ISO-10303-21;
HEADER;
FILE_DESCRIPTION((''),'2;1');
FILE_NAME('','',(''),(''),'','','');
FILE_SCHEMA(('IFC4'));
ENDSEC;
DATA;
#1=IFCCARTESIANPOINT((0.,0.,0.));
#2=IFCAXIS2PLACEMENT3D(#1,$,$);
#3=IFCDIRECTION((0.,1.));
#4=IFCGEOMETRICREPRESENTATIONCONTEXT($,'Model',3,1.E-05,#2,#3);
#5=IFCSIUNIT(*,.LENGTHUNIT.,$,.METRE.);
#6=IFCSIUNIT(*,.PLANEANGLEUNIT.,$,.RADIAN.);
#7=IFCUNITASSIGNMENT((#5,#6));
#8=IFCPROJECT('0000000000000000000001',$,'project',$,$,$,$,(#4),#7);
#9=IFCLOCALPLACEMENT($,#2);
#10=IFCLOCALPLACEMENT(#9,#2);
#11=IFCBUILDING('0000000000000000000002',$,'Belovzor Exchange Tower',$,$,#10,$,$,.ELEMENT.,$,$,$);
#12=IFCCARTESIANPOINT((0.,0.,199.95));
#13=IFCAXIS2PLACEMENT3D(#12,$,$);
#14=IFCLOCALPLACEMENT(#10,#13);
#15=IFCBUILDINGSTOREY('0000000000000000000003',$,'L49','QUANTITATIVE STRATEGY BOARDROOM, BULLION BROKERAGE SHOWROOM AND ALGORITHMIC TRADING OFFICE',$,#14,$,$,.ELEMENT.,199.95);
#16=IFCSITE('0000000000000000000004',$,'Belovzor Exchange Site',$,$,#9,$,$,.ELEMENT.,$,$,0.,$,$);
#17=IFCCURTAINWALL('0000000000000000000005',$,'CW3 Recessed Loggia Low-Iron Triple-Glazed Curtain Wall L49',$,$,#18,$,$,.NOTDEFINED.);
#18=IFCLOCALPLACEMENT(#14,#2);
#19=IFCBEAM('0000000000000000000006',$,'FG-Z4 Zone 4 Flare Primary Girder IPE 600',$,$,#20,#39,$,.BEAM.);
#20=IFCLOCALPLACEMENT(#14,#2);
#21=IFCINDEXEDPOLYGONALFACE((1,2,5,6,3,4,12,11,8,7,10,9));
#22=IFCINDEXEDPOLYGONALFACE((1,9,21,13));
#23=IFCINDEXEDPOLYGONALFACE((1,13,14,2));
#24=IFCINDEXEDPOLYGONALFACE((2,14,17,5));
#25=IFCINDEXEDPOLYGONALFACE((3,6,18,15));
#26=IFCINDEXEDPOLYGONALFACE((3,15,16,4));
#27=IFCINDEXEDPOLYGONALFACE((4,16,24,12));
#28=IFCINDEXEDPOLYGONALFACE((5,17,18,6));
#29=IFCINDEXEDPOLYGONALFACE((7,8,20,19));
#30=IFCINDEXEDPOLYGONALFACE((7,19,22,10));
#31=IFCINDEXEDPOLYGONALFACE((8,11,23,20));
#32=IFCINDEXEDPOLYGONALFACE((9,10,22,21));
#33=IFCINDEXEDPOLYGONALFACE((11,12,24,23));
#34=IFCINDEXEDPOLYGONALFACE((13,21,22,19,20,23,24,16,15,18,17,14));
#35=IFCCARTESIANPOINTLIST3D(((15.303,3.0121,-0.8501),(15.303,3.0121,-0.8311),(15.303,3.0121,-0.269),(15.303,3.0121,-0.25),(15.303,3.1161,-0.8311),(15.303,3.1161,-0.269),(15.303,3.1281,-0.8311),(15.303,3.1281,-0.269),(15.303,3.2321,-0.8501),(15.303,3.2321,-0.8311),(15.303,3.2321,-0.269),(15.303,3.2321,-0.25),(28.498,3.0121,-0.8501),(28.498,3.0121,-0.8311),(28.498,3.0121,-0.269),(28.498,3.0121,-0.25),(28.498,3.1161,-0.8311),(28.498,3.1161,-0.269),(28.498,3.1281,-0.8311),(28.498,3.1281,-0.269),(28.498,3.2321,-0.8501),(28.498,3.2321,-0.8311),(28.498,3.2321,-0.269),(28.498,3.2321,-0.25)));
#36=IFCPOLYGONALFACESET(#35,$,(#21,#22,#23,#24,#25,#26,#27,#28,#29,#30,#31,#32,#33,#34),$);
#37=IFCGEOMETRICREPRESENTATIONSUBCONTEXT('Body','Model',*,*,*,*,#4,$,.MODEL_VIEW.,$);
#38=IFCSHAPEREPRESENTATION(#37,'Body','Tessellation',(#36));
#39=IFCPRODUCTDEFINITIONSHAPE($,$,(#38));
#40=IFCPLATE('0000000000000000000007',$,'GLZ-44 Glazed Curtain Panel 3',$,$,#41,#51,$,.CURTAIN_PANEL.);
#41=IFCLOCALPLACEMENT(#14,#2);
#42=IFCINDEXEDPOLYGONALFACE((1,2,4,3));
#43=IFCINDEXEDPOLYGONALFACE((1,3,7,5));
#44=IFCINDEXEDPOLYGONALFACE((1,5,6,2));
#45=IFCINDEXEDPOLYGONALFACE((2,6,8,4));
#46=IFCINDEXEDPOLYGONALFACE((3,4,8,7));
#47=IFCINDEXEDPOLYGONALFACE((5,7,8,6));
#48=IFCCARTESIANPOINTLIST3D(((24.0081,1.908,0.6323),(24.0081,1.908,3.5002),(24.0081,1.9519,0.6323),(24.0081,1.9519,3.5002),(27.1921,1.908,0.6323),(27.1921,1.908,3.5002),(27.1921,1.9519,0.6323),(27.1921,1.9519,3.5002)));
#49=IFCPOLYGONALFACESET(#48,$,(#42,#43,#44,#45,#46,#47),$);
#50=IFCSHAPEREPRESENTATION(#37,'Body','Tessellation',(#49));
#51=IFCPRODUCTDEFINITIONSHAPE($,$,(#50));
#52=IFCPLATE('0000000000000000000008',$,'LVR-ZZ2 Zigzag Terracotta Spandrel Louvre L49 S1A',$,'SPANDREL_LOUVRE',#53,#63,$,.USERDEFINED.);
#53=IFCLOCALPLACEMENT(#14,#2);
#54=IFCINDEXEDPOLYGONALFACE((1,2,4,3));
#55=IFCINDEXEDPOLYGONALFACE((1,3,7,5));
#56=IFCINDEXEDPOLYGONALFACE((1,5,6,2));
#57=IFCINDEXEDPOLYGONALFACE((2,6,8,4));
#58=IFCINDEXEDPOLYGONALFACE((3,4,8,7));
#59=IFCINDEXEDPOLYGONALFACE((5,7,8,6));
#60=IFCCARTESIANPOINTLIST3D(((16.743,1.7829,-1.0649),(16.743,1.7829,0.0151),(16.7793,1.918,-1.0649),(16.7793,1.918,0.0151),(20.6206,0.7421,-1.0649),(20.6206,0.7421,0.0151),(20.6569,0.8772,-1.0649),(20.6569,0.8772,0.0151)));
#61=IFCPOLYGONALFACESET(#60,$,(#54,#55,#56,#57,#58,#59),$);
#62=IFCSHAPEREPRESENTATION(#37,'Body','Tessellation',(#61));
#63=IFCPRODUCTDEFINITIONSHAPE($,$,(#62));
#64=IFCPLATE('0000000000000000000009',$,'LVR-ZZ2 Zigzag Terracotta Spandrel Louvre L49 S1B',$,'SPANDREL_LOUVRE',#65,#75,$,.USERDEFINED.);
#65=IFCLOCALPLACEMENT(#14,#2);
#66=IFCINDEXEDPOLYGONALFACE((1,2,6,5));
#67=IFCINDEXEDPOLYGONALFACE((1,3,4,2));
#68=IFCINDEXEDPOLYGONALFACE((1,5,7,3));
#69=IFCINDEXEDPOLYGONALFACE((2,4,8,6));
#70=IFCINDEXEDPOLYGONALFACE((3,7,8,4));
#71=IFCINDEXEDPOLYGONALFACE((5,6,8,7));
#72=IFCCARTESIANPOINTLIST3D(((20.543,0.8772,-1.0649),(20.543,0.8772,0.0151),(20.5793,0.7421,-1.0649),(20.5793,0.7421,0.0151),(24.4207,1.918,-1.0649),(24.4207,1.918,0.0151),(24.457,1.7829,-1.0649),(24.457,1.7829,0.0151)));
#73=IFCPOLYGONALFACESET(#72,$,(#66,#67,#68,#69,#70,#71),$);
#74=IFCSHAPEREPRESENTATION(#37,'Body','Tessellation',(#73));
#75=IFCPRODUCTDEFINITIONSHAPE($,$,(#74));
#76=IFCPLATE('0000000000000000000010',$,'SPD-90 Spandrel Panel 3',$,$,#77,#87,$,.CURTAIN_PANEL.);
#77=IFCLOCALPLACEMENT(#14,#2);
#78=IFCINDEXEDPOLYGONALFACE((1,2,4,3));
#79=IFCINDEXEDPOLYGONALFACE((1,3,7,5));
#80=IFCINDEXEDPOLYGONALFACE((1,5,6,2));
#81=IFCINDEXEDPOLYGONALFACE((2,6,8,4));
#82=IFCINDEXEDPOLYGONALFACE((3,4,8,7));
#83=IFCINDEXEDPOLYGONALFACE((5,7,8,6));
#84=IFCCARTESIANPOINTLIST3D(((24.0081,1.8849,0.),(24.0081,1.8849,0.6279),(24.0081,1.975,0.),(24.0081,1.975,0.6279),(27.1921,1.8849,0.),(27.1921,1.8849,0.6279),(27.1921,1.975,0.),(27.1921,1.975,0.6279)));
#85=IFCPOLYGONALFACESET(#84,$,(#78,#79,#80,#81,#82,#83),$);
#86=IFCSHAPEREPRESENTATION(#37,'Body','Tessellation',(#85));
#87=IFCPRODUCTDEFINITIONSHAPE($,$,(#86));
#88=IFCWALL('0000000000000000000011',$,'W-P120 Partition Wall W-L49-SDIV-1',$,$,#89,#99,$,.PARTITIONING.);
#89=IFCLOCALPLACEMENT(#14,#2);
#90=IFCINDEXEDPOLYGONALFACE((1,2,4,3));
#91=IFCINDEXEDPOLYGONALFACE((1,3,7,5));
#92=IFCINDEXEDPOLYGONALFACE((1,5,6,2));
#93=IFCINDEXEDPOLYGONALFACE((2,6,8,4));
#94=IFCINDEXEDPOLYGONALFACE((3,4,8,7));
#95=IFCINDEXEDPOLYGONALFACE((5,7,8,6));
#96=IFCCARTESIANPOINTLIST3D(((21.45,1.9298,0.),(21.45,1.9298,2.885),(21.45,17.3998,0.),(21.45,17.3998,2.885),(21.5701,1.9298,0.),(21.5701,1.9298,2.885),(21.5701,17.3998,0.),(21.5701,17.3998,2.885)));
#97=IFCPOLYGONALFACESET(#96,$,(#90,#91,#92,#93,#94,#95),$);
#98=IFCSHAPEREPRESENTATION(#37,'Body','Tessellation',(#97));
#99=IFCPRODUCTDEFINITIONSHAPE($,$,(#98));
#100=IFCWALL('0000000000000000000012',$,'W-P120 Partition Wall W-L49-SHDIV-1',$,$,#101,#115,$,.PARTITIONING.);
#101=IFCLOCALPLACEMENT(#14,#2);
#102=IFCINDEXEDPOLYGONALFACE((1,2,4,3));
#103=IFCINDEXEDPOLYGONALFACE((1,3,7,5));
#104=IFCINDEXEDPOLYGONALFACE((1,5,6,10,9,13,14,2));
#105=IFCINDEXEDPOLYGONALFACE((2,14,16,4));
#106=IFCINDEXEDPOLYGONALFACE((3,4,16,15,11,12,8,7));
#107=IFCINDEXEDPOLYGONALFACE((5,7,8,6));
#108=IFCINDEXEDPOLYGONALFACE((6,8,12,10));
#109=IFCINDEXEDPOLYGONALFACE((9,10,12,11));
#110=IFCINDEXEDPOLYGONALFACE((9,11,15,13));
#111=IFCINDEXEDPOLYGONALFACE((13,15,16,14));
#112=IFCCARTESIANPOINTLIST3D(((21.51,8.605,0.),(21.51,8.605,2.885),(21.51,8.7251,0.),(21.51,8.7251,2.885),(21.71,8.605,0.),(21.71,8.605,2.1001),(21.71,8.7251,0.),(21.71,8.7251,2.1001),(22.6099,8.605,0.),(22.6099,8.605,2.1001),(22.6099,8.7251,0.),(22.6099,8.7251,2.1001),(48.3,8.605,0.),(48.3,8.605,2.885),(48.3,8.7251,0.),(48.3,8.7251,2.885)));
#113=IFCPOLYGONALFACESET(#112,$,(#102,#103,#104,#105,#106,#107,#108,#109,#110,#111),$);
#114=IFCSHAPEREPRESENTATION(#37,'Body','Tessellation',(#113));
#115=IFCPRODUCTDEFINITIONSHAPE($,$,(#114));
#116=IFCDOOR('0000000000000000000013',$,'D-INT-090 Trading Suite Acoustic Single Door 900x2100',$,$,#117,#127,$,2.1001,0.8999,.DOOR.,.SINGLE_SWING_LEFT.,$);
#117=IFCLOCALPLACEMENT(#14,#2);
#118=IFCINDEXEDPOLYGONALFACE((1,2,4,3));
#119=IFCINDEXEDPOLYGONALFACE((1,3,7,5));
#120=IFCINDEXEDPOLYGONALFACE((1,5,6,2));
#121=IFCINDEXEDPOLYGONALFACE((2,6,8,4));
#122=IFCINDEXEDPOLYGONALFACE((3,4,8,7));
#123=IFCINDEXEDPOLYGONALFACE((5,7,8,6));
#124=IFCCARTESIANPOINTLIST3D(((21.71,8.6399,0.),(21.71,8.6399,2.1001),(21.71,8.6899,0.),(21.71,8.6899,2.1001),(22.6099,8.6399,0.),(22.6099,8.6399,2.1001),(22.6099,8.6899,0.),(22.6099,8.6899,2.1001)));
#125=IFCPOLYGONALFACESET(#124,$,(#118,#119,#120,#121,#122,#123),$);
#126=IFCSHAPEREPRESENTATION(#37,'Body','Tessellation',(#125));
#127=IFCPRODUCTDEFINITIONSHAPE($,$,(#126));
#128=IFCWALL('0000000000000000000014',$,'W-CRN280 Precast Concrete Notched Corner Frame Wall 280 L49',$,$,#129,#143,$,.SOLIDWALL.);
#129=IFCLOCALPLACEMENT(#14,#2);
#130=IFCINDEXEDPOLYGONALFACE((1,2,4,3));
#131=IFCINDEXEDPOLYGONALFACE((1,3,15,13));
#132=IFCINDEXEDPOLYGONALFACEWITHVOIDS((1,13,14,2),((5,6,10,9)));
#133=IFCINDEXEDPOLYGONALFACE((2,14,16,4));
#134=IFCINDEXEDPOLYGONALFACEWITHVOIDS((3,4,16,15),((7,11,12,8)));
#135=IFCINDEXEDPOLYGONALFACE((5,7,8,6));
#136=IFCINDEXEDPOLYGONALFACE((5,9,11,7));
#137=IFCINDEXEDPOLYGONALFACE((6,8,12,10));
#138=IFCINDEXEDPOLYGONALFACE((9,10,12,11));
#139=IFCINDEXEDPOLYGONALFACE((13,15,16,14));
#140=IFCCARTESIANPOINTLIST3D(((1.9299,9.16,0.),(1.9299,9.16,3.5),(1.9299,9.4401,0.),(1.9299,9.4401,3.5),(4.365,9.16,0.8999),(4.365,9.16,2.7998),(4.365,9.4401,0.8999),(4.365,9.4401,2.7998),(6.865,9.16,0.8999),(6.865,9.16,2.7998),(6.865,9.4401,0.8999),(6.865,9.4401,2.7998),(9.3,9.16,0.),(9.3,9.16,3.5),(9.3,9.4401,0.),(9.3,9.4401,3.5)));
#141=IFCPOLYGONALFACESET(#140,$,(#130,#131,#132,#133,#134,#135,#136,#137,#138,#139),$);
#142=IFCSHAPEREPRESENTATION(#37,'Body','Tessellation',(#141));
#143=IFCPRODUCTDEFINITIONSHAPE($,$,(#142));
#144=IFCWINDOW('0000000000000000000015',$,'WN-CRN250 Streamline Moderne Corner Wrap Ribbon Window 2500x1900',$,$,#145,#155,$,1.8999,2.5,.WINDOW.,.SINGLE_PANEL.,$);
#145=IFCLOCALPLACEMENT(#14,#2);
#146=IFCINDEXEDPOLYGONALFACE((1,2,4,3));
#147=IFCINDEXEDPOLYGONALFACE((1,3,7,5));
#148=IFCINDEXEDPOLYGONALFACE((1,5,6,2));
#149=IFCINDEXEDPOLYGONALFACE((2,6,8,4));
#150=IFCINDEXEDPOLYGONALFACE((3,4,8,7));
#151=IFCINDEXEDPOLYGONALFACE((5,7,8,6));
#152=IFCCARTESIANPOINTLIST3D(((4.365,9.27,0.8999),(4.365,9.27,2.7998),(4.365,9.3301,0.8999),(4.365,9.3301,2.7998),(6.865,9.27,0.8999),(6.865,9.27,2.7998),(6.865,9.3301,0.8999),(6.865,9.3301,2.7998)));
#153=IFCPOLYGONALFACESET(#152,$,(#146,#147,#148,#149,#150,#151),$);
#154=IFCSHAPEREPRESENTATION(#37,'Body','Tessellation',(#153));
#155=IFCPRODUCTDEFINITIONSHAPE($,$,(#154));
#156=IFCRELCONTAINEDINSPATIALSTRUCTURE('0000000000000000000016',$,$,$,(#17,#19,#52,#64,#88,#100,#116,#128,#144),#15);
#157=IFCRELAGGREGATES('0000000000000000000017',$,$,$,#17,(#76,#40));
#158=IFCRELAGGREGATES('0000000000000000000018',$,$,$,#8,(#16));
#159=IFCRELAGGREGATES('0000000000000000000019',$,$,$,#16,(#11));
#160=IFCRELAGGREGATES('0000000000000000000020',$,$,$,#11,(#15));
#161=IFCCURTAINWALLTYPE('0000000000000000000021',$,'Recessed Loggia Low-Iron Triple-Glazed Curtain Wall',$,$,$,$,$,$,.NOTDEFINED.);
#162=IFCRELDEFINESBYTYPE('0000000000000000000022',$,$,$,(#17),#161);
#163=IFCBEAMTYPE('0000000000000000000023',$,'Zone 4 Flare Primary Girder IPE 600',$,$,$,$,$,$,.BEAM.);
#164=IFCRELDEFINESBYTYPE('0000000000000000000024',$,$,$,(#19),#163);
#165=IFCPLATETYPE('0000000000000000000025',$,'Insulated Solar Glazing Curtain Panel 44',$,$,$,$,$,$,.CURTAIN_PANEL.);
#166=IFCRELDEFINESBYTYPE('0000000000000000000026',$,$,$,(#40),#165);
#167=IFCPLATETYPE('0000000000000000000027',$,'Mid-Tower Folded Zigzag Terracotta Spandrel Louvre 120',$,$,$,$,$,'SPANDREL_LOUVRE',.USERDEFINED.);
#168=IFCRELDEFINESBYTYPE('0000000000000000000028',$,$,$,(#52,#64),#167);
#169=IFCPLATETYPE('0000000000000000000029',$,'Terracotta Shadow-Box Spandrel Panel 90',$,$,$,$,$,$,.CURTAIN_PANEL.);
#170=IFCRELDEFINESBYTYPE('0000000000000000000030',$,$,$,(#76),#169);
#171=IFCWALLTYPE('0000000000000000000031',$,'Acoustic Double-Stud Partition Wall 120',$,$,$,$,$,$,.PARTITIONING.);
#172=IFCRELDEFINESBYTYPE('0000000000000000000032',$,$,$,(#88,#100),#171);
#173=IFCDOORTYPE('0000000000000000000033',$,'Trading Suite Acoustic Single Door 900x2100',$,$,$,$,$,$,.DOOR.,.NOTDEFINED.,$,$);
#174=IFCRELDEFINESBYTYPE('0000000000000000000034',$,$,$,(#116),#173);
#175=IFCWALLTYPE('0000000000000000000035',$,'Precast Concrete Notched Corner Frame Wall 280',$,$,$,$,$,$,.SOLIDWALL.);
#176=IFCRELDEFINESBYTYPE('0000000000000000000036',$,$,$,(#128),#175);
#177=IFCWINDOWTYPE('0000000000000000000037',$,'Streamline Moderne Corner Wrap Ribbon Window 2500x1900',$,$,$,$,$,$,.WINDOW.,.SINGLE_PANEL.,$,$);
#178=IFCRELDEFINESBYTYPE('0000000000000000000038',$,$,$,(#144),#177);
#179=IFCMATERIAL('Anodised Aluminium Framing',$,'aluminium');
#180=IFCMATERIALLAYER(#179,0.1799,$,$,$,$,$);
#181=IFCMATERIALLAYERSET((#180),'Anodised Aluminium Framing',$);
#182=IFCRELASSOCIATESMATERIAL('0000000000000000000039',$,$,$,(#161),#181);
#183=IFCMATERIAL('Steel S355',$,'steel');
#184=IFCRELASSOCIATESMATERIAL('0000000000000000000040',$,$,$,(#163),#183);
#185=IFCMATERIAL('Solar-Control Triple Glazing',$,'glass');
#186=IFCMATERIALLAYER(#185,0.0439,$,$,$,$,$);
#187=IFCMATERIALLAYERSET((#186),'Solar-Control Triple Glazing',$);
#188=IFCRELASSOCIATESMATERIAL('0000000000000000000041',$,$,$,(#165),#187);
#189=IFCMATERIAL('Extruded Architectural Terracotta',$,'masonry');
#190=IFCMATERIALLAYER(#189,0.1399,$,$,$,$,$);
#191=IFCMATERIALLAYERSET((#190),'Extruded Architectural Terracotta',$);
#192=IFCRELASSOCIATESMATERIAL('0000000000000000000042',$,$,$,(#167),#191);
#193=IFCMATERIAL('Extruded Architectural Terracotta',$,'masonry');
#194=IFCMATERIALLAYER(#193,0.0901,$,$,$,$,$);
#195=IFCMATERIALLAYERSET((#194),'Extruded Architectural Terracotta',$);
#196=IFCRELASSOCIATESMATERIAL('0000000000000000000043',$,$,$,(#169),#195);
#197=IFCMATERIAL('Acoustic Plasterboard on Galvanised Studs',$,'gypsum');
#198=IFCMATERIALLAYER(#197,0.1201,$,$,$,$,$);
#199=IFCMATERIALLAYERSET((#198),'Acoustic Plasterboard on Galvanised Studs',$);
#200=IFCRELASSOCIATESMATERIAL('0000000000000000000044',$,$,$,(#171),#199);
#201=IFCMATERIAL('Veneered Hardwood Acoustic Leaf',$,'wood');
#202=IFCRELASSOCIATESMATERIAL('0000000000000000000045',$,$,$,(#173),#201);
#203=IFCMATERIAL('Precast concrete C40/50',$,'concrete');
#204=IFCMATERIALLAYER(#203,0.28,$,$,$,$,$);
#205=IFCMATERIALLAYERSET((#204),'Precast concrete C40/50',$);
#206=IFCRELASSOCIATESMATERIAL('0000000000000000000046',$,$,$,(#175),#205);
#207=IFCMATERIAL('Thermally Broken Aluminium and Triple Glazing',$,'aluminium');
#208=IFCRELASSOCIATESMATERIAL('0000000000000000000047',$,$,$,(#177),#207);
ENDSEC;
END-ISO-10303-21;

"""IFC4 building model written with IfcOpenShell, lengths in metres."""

from ifc_helpers import new_model, si_unit, direction, frame, frame_2d, origin, origin_2d, place, context, subcontext, project, spatial, rectangle, i_section, extrude, material, layer, layer_set, material_profile, profile_set, type_object, element, fill, aggregate, save


model = new_model("IFC4")

# Units and contexts
model_context = context("Model", 3, precision=1e-05, world=origin(), true_north=direction((0.0, 1.0)))
body_context = subcontext(model_context, "Body", "Model", "MODEL_VIEW")
ifc_project = project(units=[si_unit("LENGTHUNIT", "METRE"), si_unit("PLANEANGLEUNIT", "RADIAN")], contexts=[model_context])

# Site, building, storey
site_placement = place(None, origin())
site = spatial("IfcSite", under=ifc_project, at=site_placement, Name="Belovzor Exchange Site", CompositionType="ELEMENT", RefElevation=0.0)
building_placement = place(site_placement, origin())
building = spatial("IfcBuilding", under=site, at=building_placement, Name="Belovzor Exchange Tower", CompositionType="ELEMENT")
storey_placement = place(building_placement, frame((0.0, 0.0, 199.95)))
storey = spatial("IfcBuildingStorey", under=building, at=storey_placement, Name="L49", Description="QUANTITATIVE STRATEGY BOARDROOM, BULLION BROKERAGE SHOWROOM AND ALGORITHMIC TRADING OFFICE", CompositionType="ELEMENT", Elevation=199.95)

# Curtain wall
ifc_material_1 = material(Name="Anodised Aluminium Framing", Category="aluminium")
ifc_layer_1 = layer(ifc_material_1, 0.1799)
ifc_layer_set_1 = layer_set([ifc_layer_1], Name="Anodised Aluminium Framing")
curtain_wall_type = type_object("IfcCurtainWallType", Name="Recessed Loggia Low-Iron Triple-Glazed Curtain Wall", PredefinedType="NOTDEFINED", material=ifc_layer_set_1)
curtain_wall_placement = place(storey_placement, origin())
curtain_wall = element("IfcCurtainWall", 1, at=curtain_wall_placement, inside=storey, type_object=curtain_wall_type, Name="CW3 Recessed Loggia Low-Iron Triple-Glazed Curtain Wall L49", PredefinedType="NOTDEFINED")

# Beam
ifc_material_2 = material(Name="Steel S355", Category="steel")
ifc_material_profile_1 = material_profile(ifc_material_2, i_section(OverallWidth=0.22, OverallDepth=0.6001, WebThickness=0.012, FlangeThickness=0.019, at=origin_2d()))
ifc_profile_set_1 = profile_set([ifc_material_profile_1], Name="Steel S355")
beam_type_1 = type_object("IfcBeamType", Name="Zone 4 Flare Primary Girder IPE 600", PredefinedType="BEAM", material=ifc_profile_set_1)
beam_1_placement = place(storey_placement, frame((15.303, 3.1221, -0.55), z_axis=(1.0, 0.0, 0.0), x_axis=(0.0, 1.0, 0.0)))
element("IfcBeam", 2, at=beam_1_placement, inside=storey, type_object=beam_type_1, Name="FG-Z4 Zone 4 Flare Primary Girder IPE 600", PredefinedType="BEAM", context=body_context, shape_type="SweptSolid", body=[
    extrude(i_section(OverallWidth=0.22, OverallDepth=0.6001, WebThickness=0.012, FlangeThickness=0.019, at=origin_2d()), origin(), (0.0, 0.0, 1.0), 13.1951),
])

# Plate
ifc_material_3 = material(Name="Solar-Control Triple Glazing", Category="glass")
ifc_layer_2 = layer(ifc_material_3, 0.0439)
ifc_layer_set_2 = layer_set([ifc_layer_2], Name="Solar-Control Triple Glazing")
plate_type_1 = type_object("IfcPlateType", Name="Insulated Solar Glazing Curtain Panel 44", PredefinedType="CURTAIN_PANEL", material=ifc_layer_set_2)
plate_1_placement = place(storey_placement, frame((25.6001, 1.9299, 0.6323), z_axis=(0.0, 0.0, 1.0), x_axis=(-1.0, 0.0, 0.0)))
plate_1 = element("IfcPlate", 3, at=plate_1_placement, type_object=plate_type_1, Name="GLZ-44 Glazed Curtain Panel 3", PredefinedType="CURTAIN_PANEL", context=body_context, shape_type="SweptSolid", body=[
    extrude(rectangle(XDim=3.1841, YDim=0.0439, at=origin_2d()), origin(), (0.0, 0.0, 1.0), 2.8679),
])

# Plates
ifc_material_4 = material(Name="Extruded Architectural Terracotta", Category="masonry")
ifc_layer_3 = layer(ifc_material_4, 0.1399)
ifc_layer_set_3 = layer_set([ifc_layer_3], Name="Extruded Architectural Terracotta")
plate_type_2 = type_object("IfcPlateType", Name="Mid-Tower Folded Zigzag Terracotta Spandrel Louvre 120", ElementType="SPANDREL_LOUVRE", PredefinedType="USERDEFINED", material=ifc_layer_set_3)
for number, where, z_axis, x_axis, name in (
    (4, (18.7, 1.3301, -1.0649), (0.0, 0.0, 1.0), (0.965813, -0.25924, 0.0), "LVR-ZZ2 Zigzag Terracotta Spandrel Louvre L49 S1A"),
    (5, (22.5, 1.3301, -1.0649), (0.0, 0.0, 1.0), (0.965813, 0.25924, 0.0), "LVR-ZZ2 Zigzag Terracotta Spandrel Louvre L49 S1B"),
):
    element("IfcPlate", number, at=place(storey_placement, frame(where, z_axis=z_axis, x_axis=x_axis)), inside=storey, type_object=plate_type_2, Name=name, ObjectType="SPANDREL_LOUVRE", PredefinedType="USERDEFINED", context=body_context, shape_type="SweptSolid", body=[
        extrude(rectangle(XDim=4.0149, YDim=0.1399, at=origin_2d()), origin(), (0.0, 0.0, 1.0), 1.0801),
    ])

# Plate
ifc_material_5 = material(Name="Extruded Architectural Terracotta", Category="masonry")
ifc_layer_4 = layer(ifc_material_5, 0.0901)
ifc_layer_set_4 = layer_set([ifc_layer_4], Name="Extruded Architectural Terracotta")
plate_type_3 = type_object("IfcPlateType", Name="Terracotta Shadow-Box Spandrel Panel 90", PredefinedType="CURTAIN_PANEL", material=ifc_layer_set_4)
plate_2_placement = place(storey_placement, frame((25.6001, 1.9299, 0.0), z_axis=(0.0, 0.0, 1.0), x_axis=(-1.0, 0.0, 0.0)))
plate_2 = element("IfcPlate", 6, at=plate_2_placement, type_object=plate_type_3, Name="SPD-90 Spandrel Panel 3", PredefinedType="CURTAIN_PANEL", context=body_context, shape_type="SweptSolid", body=[
    extrude(rectangle(XDim=3.1841, YDim=0.0901, at=origin_2d()), origin(), (0.0, 0.0, 1.0), 0.6279),
])
aggregate(curtain_wall, [plate_2, plate_1])

# Wall
ifc_material_6 = material(Name="Acoustic Plasterboard on Galvanised Studs", Category="gypsum")
ifc_layer_5 = layer(ifc_material_6, 0.1201)
ifc_layer_set_5 = layer_set([ifc_layer_5], Name="Acoustic Plasterboard on Galvanised Studs")
wall_type_1 = type_object("IfcWallType", Name="Acoustic Double-Stud Partition Wall 120", PredefinedType="PARTITIONING", material=ifc_layer_set_5)
wall_1_placement = place(storey_placement, frame((21.51, 1.9299, 0.0), z_axis=(0.0, 0.0, 1.0), x_axis=(0.0, 1.0, 0.0)))
element("IfcWall", 7, at=wall_1_placement, inside=storey, type_object=wall_type_1, Name="W-P120 Partition Wall W-L49-SDIV-1", PredefinedType="PARTITIONING", context=body_context, shape_type="SweptSolid", body=[
    extrude(rectangle(XDim=15.47, YDim=0.1201, at=frame_2d((7.7349, 0.0))), origin(), (0.0, 0.0, 1.0), 2.885),
])

# Wall, opening, door
wall_2_placement = place(storey_placement, frame((21.51, 8.665, 0.0), z_axis=(0.0, 0.0, 1.0), x_axis=(1.0, 0.0, 0.0)))
wall_2 = element("IfcWall", 8, at=wall_2_placement, inside=storey, type_object=wall_type_1, Name="W-P120 Partition Wall W-L49-SHDIV-1", PredefinedType="PARTITIONING", context=body_context, shape_type="SweptSolid", body=[
    extrude(rectangle(XDim=26.79, YDim=0.1201, at=frame_2d((13.395, 0.0))), origin(), (0.0, 0.0, 1.0), 2.885),
])
opening_1_placement = place(wall_2_placement, frame((0.2, 0.0, 0.0)))
opening_1 = element("IfcOpeningElement", 9, at=opening_1_placement, cuts=wall_2, PredefinedType="OPENING", context=body_context, shape_type="SweptSolid", body=[
    extrude(rectangle(XDim=0.8999, YDim=2.1001, at=frame_2d((0.45, 1.05))), frame((0.0, 0.0701, 0.0), z_axis=(0.0, -1.0, 0.0), x_axis=(1.0, 0.0, 0.0)), (0.0, 0.0, 1.0), 0.1401),
])
ifc_material_7 = material(Name="Veneered Hardwood Acoustic Leaf", Category="wood")
door_type = type_object("IfcDoorType", Name="Trading Suite Acoustic Single Door 900x2100", OperationType="NOTDEFINED", PredefinedType="DOOR", material=ifc_material_7)
door_placement = place(opening_1_placement, origin())
door = element("IfcDoor", 10, at=door_placement, inside=storey, type_object=door_type, Name="D-INT-090 Trading Suite Acoustic Single Door 900x2100", OperationType="SINGLE_SWING_LEFT", OverallHeight=2.1001, OverallWidth=0.8999, PredefinedType="DOOR", context=body_context, shape_type="SweptSolid", body=[
    extrude(rectangle(XDim=0.8999, YDim=2.1001, at=frame_2d((0.45, 1.05))), frame((0.0, 0.0249, 0.0), z_axis=(0.0, -1.0, 0.0), x_axis=(1.0, 0.0, 0.0)), (0.0, 0.0, 1.0), 0.05),
])
fill(opening_1, door)

# Wall, opening, window
ifc_material_8 = material(Name="Precast concrete C40/50", Category="concrete")
ifc_layer_6 = layer(ifc_material_8, 0.28)
ifc_layer_set_6 = layer_set([ifc_layer_6], Name="Precast concrete C40/50")
wall_type_2 = type_object("IfcWallType", Name="Precast Concrete Notched Corner Frame Wall 280", PredefinedType="SOLIDWALL", material=ifc_layer_set_6)
wall_3_placement = place(storey_placement, frame((9.3, 9.3, 0.0), z_axis=(0.0, 0.0, 1.0), x_axis=(-1.0, 0.0, 0.0)))
wall_3 = element("IfcWall", 11, at=wall_3_placement, inside=storey, type_object=wall_type_2, Name="W-CRN280 Precast Concrete Notched Corner Frame Wall 280 L49", PredefinedType="SOLIDWALL", context=body_context, shape_type="SweptSolid", body=[
    extrude(rectangle(XDim=7.3701, YDim=0.28, at=frame_2d((3.6851, 0.0))), origin(), (0.0, 0.0, 1.0), 3.5),
])
opening_2_placement = place(wall_3_placement, frame((2.4351, 0.0, 0.8999)))
opening_2 = element("IfcOpeningElement", 12, at=opening_2_placement, cuts=wall_3, PredefinedType="OPENING", context=body_context, shape_type="SweptSolid", body=[
    extrude(rectangle(XDim=2.5, YDim=1.8999, at=frame_2d((1.25, 0.95))), frame((0.0, 0.1499, 0.0), z_axis=(0.0, -1.0, 0.0), x_axis=(1.0, 0.0, 0.0)), (0.0, 0.0, 1.0), 0.3),
])
ifc_material_9 = material(Name="Thermally Broken Aluminium and Triple Glazing", Category="aluminium")
window_type_1 = type_object("IfcWindowType", Name="Streamline Moderne Corner Wrap Ribbon Window 2500x1900", PartitioningType="SINGLE_PANEL", PredefinedType="WINDOW", material=ifc_material_9)
window_1_placement = place(opening_2_placement, origin())
window_1 = element("IfcWindow", 13, at=window_1_placement, inside=storey, type_object=window_type_1, Name="WN-CRN250 Streamline Moderne Corner Wrap Ribbon Window 2500x1900", OverallHeight=1.8999, OverallWidth=2.5, PartitioningType="SINGLE_PANEL", PredefinedType="WINDOW", context=body_context, shape_type="SweptSolid", body=[
    extrude(rectangle(XDim=2.5, YDim=1.8999, at=frame_2d((1.25, 0.95))), frame((0.0, 0.03, 0.0), z_axis=(0.0, -1.0, 0.0), x_axis=(1.0, 0.0, 0.0)), (0.0, 0.0, 1.0), 0.0601),
])
fill(opening_2, window_1)

save(model, "model.ifc")
